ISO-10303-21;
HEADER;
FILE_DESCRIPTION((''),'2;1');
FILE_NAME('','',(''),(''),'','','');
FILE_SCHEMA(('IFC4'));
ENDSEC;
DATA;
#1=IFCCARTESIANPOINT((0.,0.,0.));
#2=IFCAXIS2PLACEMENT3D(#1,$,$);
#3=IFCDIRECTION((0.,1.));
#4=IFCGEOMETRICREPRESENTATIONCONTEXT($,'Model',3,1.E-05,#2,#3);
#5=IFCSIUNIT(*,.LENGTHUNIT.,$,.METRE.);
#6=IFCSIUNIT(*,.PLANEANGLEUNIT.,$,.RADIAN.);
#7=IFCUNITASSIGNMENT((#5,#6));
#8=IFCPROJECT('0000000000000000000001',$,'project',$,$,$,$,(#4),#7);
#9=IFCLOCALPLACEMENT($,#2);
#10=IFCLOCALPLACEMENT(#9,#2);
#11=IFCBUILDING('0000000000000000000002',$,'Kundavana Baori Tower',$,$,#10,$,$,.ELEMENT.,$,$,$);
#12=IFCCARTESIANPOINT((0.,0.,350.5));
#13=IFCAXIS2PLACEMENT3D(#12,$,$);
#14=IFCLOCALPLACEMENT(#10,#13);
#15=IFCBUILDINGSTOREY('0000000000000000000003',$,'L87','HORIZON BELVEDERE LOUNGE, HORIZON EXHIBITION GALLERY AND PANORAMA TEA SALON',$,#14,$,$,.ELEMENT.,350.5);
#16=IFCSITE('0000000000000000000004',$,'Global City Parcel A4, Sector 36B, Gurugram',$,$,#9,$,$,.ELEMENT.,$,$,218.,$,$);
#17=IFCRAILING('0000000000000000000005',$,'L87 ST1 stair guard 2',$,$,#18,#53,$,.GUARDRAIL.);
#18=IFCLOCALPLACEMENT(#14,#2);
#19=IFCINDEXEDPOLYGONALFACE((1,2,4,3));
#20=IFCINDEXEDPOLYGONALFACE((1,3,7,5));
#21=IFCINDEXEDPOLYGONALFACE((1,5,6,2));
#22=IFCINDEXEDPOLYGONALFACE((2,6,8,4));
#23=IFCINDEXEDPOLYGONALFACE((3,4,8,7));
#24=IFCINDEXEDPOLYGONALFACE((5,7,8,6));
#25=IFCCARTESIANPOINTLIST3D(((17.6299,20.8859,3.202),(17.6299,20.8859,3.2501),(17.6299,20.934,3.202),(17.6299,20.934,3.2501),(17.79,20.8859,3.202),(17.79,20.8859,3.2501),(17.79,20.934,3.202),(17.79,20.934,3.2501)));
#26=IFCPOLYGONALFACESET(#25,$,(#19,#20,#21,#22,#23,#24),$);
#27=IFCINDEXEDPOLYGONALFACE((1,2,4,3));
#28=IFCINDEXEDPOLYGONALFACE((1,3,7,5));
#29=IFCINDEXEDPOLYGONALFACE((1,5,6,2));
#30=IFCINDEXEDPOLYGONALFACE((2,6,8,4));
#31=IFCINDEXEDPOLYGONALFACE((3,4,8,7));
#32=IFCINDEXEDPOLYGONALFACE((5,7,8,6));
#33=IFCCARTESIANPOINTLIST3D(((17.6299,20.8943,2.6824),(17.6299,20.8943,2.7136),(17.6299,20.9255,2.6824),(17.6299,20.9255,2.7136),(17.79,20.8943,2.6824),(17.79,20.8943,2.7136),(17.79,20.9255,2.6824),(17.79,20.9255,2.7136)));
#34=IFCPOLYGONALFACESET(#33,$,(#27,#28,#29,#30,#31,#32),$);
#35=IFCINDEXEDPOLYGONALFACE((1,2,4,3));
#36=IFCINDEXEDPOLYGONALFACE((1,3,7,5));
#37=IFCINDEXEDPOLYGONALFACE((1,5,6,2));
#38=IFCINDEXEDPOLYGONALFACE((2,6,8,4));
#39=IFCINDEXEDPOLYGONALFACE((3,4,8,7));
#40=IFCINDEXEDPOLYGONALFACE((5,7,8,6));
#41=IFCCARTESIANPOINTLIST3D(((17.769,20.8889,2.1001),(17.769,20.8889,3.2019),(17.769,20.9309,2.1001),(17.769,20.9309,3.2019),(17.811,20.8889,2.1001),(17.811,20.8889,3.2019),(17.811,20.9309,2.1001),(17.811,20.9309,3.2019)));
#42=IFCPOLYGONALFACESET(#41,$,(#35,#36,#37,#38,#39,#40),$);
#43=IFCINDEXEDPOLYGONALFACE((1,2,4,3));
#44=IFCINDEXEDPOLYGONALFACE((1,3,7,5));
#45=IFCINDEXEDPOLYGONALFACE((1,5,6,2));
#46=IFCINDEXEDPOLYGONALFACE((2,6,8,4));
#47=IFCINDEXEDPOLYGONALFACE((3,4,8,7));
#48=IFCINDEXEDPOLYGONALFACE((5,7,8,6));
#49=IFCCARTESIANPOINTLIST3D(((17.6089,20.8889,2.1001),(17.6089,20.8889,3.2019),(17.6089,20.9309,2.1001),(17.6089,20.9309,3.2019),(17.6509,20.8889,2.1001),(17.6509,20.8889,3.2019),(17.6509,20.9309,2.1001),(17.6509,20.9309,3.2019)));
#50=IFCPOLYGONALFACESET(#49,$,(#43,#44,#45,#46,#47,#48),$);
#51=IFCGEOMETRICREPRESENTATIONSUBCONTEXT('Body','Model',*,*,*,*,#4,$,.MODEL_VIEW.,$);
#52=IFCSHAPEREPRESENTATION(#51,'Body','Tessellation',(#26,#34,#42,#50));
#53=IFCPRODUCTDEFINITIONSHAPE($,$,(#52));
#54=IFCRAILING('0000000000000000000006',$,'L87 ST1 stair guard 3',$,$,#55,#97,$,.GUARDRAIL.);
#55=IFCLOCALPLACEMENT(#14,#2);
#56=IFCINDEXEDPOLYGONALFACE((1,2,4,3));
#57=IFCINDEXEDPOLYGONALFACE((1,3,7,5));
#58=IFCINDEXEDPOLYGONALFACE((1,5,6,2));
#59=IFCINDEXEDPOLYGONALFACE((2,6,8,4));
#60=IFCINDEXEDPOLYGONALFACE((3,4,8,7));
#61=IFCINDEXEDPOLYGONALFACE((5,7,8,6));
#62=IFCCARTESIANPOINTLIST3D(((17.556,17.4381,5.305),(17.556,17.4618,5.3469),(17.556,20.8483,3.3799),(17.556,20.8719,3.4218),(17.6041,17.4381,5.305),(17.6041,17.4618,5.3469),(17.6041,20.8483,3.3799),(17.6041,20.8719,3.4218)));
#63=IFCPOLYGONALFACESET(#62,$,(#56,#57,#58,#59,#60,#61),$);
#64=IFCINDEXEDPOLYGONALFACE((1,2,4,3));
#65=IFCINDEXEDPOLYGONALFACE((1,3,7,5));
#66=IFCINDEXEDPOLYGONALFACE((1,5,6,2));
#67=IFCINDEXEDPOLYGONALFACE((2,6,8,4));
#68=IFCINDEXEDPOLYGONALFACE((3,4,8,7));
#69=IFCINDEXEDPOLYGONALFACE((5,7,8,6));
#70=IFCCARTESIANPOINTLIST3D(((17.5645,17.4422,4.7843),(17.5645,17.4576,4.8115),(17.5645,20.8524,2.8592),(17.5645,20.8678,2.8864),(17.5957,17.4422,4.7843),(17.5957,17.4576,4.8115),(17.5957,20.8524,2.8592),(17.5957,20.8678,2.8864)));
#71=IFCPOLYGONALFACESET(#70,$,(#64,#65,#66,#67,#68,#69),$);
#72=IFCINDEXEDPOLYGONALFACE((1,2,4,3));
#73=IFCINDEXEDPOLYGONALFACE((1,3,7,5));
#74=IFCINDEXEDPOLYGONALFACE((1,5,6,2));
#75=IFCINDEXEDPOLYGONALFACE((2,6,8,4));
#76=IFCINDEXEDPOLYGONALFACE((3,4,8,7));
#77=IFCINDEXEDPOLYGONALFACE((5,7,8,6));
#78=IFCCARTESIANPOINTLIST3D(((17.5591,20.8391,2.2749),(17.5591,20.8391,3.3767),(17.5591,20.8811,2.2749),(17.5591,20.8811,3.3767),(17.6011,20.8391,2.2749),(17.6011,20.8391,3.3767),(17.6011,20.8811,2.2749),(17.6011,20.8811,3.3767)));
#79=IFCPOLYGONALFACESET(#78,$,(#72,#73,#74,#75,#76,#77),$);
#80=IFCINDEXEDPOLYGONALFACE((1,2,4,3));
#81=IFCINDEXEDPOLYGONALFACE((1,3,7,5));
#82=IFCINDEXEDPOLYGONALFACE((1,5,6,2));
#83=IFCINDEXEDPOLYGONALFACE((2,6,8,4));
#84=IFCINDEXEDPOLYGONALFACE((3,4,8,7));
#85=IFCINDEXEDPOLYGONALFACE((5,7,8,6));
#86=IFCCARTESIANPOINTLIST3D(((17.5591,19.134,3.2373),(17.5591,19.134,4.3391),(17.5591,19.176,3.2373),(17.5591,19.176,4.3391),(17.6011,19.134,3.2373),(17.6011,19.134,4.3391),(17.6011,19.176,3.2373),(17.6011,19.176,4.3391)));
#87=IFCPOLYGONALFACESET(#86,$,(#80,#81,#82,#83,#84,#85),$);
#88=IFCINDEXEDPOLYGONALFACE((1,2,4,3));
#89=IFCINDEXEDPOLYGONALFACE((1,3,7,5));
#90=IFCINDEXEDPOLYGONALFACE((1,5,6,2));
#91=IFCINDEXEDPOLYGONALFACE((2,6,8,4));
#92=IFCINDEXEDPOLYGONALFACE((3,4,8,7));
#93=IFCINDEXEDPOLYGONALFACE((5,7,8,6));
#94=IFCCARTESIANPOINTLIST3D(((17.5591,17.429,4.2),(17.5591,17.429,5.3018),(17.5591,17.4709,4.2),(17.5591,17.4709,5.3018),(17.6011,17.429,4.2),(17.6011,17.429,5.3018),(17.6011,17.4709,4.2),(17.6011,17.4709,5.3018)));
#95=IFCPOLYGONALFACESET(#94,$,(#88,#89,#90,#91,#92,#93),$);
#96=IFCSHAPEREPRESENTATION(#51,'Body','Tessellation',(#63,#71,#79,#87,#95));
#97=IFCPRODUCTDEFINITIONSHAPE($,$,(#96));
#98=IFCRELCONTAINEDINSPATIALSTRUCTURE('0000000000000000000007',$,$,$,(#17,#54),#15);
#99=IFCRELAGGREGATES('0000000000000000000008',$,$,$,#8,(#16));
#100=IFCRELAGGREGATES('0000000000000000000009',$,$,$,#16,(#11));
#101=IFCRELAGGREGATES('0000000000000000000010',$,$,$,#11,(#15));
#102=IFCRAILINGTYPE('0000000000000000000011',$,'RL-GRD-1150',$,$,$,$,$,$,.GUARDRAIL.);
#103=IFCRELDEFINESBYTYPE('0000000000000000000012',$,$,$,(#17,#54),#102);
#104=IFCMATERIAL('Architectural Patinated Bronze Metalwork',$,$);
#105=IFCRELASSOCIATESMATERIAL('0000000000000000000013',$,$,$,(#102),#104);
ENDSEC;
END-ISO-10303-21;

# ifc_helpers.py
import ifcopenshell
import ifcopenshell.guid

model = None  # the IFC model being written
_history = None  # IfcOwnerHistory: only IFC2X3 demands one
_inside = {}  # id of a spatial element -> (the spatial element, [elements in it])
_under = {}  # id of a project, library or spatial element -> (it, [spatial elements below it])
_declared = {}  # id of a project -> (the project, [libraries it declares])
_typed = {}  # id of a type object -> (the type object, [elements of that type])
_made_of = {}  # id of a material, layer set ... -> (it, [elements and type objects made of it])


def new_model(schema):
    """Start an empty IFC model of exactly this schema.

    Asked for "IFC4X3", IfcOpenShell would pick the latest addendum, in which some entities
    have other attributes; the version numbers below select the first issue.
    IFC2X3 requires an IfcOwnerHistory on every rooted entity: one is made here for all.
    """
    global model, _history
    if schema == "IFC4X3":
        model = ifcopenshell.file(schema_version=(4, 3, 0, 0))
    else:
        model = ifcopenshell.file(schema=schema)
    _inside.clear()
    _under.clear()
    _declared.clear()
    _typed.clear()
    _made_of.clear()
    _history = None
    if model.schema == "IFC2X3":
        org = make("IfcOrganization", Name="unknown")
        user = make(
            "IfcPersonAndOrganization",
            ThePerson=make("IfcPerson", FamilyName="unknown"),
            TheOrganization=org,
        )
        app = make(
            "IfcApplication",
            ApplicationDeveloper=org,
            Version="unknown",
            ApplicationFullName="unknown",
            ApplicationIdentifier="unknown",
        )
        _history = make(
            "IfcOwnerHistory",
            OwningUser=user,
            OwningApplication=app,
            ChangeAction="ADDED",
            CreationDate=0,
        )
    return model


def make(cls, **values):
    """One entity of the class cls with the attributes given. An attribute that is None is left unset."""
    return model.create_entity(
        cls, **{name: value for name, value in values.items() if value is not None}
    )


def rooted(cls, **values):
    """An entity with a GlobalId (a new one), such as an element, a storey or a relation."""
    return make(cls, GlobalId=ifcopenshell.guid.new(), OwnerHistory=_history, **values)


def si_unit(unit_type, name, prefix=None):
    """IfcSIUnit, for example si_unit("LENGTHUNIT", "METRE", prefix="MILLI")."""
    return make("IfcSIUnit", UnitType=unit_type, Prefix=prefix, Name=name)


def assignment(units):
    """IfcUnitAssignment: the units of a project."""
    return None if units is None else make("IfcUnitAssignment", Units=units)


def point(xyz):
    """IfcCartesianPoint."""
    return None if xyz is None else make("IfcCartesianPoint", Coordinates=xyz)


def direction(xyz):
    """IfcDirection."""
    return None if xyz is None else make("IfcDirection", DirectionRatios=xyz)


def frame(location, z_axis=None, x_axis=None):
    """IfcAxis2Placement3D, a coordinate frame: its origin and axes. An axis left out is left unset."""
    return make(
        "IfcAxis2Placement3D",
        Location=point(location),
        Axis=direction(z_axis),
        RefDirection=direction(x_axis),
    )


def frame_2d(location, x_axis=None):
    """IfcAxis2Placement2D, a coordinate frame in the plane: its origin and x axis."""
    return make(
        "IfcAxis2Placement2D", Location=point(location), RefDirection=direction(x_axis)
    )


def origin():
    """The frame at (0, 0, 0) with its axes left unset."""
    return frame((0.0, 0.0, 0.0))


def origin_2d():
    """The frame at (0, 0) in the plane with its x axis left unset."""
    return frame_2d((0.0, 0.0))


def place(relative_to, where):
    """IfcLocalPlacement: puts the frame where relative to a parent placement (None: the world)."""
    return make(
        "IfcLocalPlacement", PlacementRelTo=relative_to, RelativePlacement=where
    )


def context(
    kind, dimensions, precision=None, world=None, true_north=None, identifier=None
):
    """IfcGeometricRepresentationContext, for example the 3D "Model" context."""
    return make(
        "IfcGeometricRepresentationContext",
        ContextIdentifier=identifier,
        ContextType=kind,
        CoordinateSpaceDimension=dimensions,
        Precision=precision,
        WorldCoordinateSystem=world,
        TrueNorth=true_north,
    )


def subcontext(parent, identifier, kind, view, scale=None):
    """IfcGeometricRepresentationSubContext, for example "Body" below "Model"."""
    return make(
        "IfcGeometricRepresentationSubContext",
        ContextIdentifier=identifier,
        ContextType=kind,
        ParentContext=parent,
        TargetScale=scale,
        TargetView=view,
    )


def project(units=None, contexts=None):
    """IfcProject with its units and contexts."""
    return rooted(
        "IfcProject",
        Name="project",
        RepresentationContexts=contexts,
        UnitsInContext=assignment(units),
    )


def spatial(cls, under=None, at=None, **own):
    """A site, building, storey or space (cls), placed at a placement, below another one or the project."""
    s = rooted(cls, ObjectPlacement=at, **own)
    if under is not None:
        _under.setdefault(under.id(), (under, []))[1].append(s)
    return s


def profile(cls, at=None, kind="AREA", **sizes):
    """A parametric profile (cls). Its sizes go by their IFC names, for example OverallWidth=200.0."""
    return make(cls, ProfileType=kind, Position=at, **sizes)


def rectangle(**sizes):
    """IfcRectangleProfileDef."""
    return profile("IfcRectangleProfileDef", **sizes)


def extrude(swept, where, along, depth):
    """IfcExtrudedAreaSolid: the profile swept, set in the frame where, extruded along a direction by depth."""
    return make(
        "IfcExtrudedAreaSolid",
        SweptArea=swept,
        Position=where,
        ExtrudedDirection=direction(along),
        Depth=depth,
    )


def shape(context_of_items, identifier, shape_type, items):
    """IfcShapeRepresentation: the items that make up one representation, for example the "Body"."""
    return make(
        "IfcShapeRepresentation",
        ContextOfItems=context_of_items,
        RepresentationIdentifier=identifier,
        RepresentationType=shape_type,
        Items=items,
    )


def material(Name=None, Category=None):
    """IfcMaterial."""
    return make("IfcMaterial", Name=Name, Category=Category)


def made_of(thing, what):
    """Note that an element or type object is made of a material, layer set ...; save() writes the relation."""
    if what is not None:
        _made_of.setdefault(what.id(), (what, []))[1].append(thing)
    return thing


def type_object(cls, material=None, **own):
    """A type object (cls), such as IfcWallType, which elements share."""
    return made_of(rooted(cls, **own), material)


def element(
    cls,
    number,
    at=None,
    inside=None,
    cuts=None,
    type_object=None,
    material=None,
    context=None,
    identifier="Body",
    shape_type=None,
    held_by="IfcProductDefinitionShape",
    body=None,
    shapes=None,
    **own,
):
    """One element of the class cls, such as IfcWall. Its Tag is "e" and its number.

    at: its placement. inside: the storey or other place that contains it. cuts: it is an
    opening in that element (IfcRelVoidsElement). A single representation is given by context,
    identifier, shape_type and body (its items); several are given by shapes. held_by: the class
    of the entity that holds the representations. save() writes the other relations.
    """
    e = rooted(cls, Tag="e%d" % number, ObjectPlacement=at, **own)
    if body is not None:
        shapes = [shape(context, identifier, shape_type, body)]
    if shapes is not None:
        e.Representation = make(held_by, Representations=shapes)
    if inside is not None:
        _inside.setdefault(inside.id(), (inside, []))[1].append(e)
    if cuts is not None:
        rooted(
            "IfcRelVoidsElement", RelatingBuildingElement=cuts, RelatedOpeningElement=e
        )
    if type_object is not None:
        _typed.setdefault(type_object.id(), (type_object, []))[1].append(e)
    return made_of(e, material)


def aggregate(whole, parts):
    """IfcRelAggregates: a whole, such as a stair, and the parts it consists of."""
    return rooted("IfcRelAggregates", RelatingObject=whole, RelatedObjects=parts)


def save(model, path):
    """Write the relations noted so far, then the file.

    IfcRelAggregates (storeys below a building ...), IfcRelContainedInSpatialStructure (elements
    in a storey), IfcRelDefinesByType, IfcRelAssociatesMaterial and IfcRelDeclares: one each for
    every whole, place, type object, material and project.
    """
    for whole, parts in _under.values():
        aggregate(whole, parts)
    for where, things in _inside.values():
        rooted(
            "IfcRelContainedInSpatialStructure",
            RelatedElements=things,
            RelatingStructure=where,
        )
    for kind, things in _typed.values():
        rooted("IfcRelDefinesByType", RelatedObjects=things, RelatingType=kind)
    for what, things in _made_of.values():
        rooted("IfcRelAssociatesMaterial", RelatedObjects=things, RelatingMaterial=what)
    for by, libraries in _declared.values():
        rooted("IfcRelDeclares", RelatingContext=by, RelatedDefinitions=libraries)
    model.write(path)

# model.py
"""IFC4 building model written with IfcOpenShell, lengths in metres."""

from ifc_helpers import new_model, si_unit, direction, frame, origin, origin_2d, place, context, subcontext, project, spatial, rectangle, extrude, material, type_object, element, save


model = new_model("IFC4")

# Units and contexts
model_context = context("Model", 3, precision=1e-05, world=origin(), true_north=direction((0.0, 1.0)))
body_context = subcontext(model_context, "Body", "Model", "MODEL_VIEW")
ifc_project = project(units=[si_unit("LENGTHUNIT", "METRE"), si_unit("PLANEANGLEUNIT", "RADIAN")], contexts=[model_context])

# Site, building, storey
site_placement = place(None, origin())
site = spatial("IfcSite", under=ifc_project, at=site_placement, Name="Global City Parcel A4, Sector 36B, Gurugram", CompositionType="ELEMENT", RefElevation=218.0)
building_placement = place(site_placement, origin())
building = spatial("IfcBuilding", under=site, at=building_placement, Name="Kundavana Baori Tower", CompositionType="ELEMENT")
storey_placement = place(building_placement, frame((0.0, 0.0, 350.5)))
storey = spatial("IfcBuildingStorey", under=building, at=storey_placement, Name="L87", Description="HORIZON BELVEDERE LOUNGE, HORIZON EXHIBITION GALLERY AND PANORAMA TEA SALON", CompositionType="ELEMENT", Elevation=350.5)

# Railings
ifc_material_1 = material(Name="Architectural Patinated Bronze Metalwork")
railing_type = type_object("IfcRailingType", Name="RL-GRD-1150", PredefinedType="GUARDRAIL", material=ifc_material_1)
railing_1_placement = place(storey_placement, frame((17.79, 20.9099, 2.1001)))
element("IfcRailing", 1, at=railing_1_placement, inside=storey, type_object=railing_type, Name="L87 ST1 stair guard 2", PredefinedType="GUARDRAIL", context=body_context, shape_type="SweptSolid", body=[
    extrude(rectangle(XDim=0.0481, YDim=0.0481, at=origin_2d()), frame((0.0, 0.0, 1.126), z_axis=(-1.0, 0.0, 0.0), x_axis=(0.0, -1.0, 0.0)), (0.0, 0.0, 1.0), 0.1602),
    extrude(rectangle(XDim=0.0312, YDim=0.0312, at=origin_2d()), frame((0.0, 0.0, 0.5979), z_axis=(-1.0, 0.0, 0.0), x_axis=(0.0, -1.0, 0.0)), (0.0, 0.0, 1.0), 0.1602),
    extrude(rectangle(XDim=0.042, YDim=0.042, at=origin_2d()), origin(), (0.0, 0.0, 1.0), 1.1018),
    extrude(rectangle(XDim=0.042, YDim=0.042, at=origin_2d()), frame((-0.1602, 0.0, 0.0)), (0.0, 0.0, 1.0), 1.1018),
])
railing_2_placement = place(storey_placement, frame((17.5801, 20.8601, 2.2749)))
element("IfcRailing", 2, at=railing_2_placement, inside=storey, type_object=railing_type, Name="L87 ST1 stair guard 3", PredefinedType="GUARDRAIL", context=body_context, shape_type="SweptSolid", body=[
    extrude(rectangle(XDim=0.0481, YDim=0.0481, at=origin_2d()), frame((0.0, 0.0, 1.126), z_axis=(0.0, -0.870829, 0.491587), x_axis=(1.0, 0.0, 0.0)), (0.0, 0.0, 1.0), 3.916),
    extrude(rectangle(XDim=0.0312, YDim=0.0312, at=origin_2d()), frame((0.0, 0.0, 0.5979), z_axis=(0.0, -0.870829, 0.491587), x_axis=(1.0, 0.0, 0.0)), (0.0, 0.0, 1.0), 3.916),
    extrude(rectangle(XDim=0.042, YDim=0.042, at=origin_2d()), origin(), (0.0, 0.0, 1.0), 1.1018),
    extrude(rectangle(XDim=0.042, YDim=0.042, at=origin_2d()), frame((0.0, -1.7051, 0.9624)), (0.0, 0.0, 1.0), 1.1018),
    extrude(rectangle(XDim=0.042, YDim=0.042, at=origin_2d()), frame((0.0, -3.4102, 1.925)), (0.0, 0.0, 1.0), 1.1018),
])

save(model, "model.ifc")
